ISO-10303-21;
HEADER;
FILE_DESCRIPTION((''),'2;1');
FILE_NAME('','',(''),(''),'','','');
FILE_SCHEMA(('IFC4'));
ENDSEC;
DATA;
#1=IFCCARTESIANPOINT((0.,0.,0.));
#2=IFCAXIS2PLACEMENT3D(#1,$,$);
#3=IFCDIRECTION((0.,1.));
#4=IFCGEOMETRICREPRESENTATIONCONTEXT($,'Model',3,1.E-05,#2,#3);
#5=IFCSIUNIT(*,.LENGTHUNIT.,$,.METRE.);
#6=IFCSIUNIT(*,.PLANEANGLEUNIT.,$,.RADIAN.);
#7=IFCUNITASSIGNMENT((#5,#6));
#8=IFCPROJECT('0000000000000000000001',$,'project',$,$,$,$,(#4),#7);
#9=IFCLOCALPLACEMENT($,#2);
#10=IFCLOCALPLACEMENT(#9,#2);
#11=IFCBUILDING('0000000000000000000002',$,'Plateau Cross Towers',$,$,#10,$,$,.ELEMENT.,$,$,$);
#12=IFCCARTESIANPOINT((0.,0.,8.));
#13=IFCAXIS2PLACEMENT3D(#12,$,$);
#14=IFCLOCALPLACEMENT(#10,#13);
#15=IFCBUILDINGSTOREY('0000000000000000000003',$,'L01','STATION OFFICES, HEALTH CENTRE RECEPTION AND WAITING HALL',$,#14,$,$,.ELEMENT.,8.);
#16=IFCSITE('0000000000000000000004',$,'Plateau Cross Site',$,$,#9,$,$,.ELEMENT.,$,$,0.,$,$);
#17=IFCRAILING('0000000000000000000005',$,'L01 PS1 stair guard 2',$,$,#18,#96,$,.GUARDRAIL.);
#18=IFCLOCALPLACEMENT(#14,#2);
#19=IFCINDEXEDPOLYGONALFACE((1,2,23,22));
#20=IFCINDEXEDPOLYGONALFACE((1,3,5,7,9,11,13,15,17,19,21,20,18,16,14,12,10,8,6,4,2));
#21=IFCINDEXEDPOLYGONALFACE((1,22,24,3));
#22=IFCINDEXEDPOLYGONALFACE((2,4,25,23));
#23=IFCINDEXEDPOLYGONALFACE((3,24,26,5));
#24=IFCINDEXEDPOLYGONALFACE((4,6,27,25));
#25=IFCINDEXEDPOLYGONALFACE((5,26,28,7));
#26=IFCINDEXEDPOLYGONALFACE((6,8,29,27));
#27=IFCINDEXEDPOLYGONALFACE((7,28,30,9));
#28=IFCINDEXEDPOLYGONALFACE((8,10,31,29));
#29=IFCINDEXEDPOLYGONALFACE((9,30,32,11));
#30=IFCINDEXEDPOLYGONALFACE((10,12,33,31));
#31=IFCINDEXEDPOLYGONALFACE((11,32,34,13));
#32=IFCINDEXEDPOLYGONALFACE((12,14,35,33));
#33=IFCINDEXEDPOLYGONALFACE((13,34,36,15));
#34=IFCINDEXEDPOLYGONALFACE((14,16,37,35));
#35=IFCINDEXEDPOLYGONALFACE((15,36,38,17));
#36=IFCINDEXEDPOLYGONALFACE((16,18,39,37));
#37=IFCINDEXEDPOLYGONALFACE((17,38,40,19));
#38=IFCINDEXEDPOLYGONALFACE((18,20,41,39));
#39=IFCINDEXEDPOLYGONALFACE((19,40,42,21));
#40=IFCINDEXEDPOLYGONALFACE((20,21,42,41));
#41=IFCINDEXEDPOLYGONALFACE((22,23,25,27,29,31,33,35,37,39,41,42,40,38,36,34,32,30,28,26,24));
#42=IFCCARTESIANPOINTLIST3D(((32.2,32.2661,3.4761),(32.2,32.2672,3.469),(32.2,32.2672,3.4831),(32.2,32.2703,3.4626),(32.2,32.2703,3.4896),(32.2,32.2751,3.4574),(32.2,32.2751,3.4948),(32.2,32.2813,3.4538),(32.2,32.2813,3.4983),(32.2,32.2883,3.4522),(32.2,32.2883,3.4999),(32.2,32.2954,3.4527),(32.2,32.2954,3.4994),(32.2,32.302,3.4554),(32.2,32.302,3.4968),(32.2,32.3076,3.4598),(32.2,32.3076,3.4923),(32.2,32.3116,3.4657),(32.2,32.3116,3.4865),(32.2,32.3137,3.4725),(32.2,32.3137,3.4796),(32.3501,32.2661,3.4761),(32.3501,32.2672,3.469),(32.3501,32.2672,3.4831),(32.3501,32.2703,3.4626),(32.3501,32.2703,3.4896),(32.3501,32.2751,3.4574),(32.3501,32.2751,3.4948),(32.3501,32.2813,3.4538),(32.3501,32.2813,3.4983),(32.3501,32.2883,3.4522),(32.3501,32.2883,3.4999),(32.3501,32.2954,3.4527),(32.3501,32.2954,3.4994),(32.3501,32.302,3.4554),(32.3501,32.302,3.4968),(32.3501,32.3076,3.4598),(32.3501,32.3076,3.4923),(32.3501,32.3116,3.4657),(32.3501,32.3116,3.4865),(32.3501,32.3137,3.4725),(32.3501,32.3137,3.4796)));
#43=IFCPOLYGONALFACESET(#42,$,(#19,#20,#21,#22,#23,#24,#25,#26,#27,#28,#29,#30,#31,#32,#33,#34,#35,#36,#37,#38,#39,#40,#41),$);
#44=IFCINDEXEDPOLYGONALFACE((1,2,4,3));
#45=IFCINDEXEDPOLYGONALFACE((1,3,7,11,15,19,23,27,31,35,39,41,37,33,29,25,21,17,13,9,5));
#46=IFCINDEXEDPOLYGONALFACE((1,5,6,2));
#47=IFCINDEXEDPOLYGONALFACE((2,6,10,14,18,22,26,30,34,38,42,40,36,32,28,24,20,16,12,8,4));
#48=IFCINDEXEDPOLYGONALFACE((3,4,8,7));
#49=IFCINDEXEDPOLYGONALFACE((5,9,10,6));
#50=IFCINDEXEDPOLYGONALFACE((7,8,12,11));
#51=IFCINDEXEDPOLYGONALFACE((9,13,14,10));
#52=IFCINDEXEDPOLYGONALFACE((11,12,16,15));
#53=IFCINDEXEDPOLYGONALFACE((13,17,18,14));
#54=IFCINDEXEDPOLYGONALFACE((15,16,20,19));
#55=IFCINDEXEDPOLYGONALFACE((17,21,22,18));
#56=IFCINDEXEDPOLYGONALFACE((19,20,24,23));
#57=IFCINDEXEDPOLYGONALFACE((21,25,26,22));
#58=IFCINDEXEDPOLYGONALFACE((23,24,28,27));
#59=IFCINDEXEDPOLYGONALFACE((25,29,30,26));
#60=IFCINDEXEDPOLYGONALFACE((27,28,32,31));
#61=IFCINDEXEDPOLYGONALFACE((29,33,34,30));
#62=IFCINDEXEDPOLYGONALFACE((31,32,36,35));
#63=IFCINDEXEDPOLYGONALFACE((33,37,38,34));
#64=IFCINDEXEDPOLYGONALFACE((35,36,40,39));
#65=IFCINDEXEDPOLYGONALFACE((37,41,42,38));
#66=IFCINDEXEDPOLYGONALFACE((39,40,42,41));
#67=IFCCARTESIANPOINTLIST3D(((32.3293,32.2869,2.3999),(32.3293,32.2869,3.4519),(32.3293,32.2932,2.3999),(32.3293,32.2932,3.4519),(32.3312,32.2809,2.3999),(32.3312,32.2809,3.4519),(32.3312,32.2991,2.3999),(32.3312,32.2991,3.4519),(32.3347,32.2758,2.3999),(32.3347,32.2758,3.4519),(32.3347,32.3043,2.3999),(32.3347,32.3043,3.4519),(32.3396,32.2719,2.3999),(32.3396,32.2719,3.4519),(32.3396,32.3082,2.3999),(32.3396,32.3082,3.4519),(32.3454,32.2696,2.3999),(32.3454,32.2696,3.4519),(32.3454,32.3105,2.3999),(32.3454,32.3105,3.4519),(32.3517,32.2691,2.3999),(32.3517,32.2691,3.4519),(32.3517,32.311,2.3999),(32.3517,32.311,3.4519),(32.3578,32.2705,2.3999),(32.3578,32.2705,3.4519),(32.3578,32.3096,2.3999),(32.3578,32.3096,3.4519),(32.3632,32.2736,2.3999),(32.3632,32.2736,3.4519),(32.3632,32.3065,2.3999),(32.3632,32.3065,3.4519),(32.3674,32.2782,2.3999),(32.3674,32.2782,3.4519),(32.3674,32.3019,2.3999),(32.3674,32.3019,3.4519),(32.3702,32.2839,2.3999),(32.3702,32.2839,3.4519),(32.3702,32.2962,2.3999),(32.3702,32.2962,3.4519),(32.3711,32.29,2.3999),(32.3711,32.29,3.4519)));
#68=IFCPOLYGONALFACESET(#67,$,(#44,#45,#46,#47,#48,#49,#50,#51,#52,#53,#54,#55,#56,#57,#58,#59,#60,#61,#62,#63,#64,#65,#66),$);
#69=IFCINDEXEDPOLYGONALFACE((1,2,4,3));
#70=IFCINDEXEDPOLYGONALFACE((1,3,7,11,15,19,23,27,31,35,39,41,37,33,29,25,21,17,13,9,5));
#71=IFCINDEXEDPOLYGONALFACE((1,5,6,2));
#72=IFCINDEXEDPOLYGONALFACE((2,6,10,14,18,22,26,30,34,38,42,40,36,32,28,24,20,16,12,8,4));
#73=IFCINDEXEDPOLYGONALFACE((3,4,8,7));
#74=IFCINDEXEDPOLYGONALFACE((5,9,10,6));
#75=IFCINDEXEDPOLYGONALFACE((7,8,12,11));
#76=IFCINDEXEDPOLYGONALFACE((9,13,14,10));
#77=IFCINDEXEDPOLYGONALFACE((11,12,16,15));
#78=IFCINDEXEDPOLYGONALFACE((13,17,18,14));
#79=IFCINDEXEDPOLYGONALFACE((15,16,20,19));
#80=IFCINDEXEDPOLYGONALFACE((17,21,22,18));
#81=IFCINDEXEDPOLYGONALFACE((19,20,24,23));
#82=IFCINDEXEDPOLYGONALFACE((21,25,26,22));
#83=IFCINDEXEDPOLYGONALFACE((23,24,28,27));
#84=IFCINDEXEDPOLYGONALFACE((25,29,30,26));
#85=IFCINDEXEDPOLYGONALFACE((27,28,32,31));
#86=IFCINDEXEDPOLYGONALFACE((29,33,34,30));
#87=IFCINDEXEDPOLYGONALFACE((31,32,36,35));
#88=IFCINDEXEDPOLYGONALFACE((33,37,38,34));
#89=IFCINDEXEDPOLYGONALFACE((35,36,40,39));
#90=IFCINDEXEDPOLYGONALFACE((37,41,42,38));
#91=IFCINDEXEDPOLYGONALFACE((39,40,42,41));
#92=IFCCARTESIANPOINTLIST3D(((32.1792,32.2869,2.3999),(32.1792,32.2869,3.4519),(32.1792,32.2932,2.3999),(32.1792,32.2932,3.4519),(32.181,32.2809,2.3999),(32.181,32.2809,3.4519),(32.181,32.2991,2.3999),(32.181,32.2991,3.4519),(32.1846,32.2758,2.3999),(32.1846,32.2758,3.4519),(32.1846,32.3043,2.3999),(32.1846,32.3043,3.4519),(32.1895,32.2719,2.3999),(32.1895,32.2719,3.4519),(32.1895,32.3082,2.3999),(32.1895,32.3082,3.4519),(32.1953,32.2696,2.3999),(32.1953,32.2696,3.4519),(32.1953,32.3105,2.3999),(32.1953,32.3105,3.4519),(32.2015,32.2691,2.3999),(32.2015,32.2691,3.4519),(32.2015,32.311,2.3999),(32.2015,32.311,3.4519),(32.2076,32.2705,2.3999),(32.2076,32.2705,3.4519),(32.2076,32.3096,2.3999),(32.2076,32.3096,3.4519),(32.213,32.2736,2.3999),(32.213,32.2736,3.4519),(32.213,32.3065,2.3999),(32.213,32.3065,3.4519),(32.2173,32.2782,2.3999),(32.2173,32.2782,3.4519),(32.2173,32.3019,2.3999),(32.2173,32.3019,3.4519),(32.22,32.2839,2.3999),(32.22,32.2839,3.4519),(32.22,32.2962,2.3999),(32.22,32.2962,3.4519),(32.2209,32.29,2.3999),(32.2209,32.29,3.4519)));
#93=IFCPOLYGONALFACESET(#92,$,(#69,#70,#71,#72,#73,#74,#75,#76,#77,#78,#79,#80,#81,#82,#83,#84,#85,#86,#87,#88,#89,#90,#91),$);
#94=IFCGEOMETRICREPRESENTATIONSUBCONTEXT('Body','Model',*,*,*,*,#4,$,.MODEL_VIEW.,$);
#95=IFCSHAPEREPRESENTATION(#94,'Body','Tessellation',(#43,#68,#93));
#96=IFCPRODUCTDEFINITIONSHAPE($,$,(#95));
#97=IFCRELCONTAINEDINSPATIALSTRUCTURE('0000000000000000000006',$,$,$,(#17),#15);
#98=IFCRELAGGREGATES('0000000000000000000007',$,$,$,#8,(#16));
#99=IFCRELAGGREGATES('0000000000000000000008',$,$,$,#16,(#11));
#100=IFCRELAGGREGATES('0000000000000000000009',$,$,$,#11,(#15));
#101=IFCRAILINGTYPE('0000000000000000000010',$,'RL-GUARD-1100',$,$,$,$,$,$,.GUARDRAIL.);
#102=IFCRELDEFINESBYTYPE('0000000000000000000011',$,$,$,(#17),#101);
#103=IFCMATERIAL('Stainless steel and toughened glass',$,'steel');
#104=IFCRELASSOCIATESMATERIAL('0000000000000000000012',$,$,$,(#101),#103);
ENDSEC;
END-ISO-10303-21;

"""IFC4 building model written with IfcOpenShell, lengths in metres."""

from ifc_helpers import new_model, si_unit, direction, frame, origin, origin_2d, place, context, subcontext, project, spatial, circle, extrude, material, type_object, element, save


model = new_model("IFC4")

# Units and contexts
model_context = context("Model", 3, precision=1e-05, world=origin(), true_north=direction((0.0, 1.0)))
body_context = subcontext(model_context, "Body", "Model", "MODEL_VIEW")
ifc_project = project(units=[si_unit("LENGTHUNIT", "METRE"), si_unit("PLANEANGLEUNIT", "RADIAN")], contexts=[model_context])

# Site, building, storey
site_placement = place(None, origin())
site = spatial("IfcSite", under=ifc_project, at=site_placement, Name="Plateau Cross Site", CompositionType="ELEMENT", RefElevation=0.0)
building_placement = place(site_placement, origin())
building = spatial("IfcBuilding", under=site, at=building_placement, Name="Plateau Cross Towers", CompositionType="ELEMENT")
storey_placement = place(building_placement, frame((0.0, 0.0, 8.0)))
storey = spatial("IfcBuildingStorey", under=building, at=storey_placement, Name="L01", Description="STATION OFFICES, HEALTH CENTRE RECEPTION AND WAITING HALL", CompositionType="ELEMENT", Elevation=8.0)

# Railing
ifc_material_1 = material(Name="Stainless steel and toughened glass", Category="steel")
railing_type_1 = type_object("IfcRailingType", Name="RL-GUARD-1100", PredefinedType="GUARDRAIL", material=ifc_material_1)
railing_1_placement = place(storey_placement, frame((32.3501, 32.29, 2.3999)))
element("IfcRailing", 1, at=railing_1_placement, inside=storey, type_object=railing_type_1, Name="L01 PS1 stair guard 2", PredefinedType="GUARDRAIL", context=body_context, shape_type="SweptSolid", body=[
    extrude(circle(Radius=0.0239, at=origin_2d()), frame((0.0, 0.0, 1.0762), z_axis=(-1.0, 0.0, 0.0), x_axis=(0.0, -1.0, 0.0)), (0.0, 0.0, 1.0), 0.1501),
    extrude(circle(Radius=0.021, at=origin_2d()), origin(), (0.0, 0.0, 1.0), 1.052),
    extrude(circle(Radius=0.021, at=origin_2d()), frame((-0.1501, 0.0, 0.0)), (0.0, 0.0, 1.0), 1.052),
])

save(model, "model.ifc")
